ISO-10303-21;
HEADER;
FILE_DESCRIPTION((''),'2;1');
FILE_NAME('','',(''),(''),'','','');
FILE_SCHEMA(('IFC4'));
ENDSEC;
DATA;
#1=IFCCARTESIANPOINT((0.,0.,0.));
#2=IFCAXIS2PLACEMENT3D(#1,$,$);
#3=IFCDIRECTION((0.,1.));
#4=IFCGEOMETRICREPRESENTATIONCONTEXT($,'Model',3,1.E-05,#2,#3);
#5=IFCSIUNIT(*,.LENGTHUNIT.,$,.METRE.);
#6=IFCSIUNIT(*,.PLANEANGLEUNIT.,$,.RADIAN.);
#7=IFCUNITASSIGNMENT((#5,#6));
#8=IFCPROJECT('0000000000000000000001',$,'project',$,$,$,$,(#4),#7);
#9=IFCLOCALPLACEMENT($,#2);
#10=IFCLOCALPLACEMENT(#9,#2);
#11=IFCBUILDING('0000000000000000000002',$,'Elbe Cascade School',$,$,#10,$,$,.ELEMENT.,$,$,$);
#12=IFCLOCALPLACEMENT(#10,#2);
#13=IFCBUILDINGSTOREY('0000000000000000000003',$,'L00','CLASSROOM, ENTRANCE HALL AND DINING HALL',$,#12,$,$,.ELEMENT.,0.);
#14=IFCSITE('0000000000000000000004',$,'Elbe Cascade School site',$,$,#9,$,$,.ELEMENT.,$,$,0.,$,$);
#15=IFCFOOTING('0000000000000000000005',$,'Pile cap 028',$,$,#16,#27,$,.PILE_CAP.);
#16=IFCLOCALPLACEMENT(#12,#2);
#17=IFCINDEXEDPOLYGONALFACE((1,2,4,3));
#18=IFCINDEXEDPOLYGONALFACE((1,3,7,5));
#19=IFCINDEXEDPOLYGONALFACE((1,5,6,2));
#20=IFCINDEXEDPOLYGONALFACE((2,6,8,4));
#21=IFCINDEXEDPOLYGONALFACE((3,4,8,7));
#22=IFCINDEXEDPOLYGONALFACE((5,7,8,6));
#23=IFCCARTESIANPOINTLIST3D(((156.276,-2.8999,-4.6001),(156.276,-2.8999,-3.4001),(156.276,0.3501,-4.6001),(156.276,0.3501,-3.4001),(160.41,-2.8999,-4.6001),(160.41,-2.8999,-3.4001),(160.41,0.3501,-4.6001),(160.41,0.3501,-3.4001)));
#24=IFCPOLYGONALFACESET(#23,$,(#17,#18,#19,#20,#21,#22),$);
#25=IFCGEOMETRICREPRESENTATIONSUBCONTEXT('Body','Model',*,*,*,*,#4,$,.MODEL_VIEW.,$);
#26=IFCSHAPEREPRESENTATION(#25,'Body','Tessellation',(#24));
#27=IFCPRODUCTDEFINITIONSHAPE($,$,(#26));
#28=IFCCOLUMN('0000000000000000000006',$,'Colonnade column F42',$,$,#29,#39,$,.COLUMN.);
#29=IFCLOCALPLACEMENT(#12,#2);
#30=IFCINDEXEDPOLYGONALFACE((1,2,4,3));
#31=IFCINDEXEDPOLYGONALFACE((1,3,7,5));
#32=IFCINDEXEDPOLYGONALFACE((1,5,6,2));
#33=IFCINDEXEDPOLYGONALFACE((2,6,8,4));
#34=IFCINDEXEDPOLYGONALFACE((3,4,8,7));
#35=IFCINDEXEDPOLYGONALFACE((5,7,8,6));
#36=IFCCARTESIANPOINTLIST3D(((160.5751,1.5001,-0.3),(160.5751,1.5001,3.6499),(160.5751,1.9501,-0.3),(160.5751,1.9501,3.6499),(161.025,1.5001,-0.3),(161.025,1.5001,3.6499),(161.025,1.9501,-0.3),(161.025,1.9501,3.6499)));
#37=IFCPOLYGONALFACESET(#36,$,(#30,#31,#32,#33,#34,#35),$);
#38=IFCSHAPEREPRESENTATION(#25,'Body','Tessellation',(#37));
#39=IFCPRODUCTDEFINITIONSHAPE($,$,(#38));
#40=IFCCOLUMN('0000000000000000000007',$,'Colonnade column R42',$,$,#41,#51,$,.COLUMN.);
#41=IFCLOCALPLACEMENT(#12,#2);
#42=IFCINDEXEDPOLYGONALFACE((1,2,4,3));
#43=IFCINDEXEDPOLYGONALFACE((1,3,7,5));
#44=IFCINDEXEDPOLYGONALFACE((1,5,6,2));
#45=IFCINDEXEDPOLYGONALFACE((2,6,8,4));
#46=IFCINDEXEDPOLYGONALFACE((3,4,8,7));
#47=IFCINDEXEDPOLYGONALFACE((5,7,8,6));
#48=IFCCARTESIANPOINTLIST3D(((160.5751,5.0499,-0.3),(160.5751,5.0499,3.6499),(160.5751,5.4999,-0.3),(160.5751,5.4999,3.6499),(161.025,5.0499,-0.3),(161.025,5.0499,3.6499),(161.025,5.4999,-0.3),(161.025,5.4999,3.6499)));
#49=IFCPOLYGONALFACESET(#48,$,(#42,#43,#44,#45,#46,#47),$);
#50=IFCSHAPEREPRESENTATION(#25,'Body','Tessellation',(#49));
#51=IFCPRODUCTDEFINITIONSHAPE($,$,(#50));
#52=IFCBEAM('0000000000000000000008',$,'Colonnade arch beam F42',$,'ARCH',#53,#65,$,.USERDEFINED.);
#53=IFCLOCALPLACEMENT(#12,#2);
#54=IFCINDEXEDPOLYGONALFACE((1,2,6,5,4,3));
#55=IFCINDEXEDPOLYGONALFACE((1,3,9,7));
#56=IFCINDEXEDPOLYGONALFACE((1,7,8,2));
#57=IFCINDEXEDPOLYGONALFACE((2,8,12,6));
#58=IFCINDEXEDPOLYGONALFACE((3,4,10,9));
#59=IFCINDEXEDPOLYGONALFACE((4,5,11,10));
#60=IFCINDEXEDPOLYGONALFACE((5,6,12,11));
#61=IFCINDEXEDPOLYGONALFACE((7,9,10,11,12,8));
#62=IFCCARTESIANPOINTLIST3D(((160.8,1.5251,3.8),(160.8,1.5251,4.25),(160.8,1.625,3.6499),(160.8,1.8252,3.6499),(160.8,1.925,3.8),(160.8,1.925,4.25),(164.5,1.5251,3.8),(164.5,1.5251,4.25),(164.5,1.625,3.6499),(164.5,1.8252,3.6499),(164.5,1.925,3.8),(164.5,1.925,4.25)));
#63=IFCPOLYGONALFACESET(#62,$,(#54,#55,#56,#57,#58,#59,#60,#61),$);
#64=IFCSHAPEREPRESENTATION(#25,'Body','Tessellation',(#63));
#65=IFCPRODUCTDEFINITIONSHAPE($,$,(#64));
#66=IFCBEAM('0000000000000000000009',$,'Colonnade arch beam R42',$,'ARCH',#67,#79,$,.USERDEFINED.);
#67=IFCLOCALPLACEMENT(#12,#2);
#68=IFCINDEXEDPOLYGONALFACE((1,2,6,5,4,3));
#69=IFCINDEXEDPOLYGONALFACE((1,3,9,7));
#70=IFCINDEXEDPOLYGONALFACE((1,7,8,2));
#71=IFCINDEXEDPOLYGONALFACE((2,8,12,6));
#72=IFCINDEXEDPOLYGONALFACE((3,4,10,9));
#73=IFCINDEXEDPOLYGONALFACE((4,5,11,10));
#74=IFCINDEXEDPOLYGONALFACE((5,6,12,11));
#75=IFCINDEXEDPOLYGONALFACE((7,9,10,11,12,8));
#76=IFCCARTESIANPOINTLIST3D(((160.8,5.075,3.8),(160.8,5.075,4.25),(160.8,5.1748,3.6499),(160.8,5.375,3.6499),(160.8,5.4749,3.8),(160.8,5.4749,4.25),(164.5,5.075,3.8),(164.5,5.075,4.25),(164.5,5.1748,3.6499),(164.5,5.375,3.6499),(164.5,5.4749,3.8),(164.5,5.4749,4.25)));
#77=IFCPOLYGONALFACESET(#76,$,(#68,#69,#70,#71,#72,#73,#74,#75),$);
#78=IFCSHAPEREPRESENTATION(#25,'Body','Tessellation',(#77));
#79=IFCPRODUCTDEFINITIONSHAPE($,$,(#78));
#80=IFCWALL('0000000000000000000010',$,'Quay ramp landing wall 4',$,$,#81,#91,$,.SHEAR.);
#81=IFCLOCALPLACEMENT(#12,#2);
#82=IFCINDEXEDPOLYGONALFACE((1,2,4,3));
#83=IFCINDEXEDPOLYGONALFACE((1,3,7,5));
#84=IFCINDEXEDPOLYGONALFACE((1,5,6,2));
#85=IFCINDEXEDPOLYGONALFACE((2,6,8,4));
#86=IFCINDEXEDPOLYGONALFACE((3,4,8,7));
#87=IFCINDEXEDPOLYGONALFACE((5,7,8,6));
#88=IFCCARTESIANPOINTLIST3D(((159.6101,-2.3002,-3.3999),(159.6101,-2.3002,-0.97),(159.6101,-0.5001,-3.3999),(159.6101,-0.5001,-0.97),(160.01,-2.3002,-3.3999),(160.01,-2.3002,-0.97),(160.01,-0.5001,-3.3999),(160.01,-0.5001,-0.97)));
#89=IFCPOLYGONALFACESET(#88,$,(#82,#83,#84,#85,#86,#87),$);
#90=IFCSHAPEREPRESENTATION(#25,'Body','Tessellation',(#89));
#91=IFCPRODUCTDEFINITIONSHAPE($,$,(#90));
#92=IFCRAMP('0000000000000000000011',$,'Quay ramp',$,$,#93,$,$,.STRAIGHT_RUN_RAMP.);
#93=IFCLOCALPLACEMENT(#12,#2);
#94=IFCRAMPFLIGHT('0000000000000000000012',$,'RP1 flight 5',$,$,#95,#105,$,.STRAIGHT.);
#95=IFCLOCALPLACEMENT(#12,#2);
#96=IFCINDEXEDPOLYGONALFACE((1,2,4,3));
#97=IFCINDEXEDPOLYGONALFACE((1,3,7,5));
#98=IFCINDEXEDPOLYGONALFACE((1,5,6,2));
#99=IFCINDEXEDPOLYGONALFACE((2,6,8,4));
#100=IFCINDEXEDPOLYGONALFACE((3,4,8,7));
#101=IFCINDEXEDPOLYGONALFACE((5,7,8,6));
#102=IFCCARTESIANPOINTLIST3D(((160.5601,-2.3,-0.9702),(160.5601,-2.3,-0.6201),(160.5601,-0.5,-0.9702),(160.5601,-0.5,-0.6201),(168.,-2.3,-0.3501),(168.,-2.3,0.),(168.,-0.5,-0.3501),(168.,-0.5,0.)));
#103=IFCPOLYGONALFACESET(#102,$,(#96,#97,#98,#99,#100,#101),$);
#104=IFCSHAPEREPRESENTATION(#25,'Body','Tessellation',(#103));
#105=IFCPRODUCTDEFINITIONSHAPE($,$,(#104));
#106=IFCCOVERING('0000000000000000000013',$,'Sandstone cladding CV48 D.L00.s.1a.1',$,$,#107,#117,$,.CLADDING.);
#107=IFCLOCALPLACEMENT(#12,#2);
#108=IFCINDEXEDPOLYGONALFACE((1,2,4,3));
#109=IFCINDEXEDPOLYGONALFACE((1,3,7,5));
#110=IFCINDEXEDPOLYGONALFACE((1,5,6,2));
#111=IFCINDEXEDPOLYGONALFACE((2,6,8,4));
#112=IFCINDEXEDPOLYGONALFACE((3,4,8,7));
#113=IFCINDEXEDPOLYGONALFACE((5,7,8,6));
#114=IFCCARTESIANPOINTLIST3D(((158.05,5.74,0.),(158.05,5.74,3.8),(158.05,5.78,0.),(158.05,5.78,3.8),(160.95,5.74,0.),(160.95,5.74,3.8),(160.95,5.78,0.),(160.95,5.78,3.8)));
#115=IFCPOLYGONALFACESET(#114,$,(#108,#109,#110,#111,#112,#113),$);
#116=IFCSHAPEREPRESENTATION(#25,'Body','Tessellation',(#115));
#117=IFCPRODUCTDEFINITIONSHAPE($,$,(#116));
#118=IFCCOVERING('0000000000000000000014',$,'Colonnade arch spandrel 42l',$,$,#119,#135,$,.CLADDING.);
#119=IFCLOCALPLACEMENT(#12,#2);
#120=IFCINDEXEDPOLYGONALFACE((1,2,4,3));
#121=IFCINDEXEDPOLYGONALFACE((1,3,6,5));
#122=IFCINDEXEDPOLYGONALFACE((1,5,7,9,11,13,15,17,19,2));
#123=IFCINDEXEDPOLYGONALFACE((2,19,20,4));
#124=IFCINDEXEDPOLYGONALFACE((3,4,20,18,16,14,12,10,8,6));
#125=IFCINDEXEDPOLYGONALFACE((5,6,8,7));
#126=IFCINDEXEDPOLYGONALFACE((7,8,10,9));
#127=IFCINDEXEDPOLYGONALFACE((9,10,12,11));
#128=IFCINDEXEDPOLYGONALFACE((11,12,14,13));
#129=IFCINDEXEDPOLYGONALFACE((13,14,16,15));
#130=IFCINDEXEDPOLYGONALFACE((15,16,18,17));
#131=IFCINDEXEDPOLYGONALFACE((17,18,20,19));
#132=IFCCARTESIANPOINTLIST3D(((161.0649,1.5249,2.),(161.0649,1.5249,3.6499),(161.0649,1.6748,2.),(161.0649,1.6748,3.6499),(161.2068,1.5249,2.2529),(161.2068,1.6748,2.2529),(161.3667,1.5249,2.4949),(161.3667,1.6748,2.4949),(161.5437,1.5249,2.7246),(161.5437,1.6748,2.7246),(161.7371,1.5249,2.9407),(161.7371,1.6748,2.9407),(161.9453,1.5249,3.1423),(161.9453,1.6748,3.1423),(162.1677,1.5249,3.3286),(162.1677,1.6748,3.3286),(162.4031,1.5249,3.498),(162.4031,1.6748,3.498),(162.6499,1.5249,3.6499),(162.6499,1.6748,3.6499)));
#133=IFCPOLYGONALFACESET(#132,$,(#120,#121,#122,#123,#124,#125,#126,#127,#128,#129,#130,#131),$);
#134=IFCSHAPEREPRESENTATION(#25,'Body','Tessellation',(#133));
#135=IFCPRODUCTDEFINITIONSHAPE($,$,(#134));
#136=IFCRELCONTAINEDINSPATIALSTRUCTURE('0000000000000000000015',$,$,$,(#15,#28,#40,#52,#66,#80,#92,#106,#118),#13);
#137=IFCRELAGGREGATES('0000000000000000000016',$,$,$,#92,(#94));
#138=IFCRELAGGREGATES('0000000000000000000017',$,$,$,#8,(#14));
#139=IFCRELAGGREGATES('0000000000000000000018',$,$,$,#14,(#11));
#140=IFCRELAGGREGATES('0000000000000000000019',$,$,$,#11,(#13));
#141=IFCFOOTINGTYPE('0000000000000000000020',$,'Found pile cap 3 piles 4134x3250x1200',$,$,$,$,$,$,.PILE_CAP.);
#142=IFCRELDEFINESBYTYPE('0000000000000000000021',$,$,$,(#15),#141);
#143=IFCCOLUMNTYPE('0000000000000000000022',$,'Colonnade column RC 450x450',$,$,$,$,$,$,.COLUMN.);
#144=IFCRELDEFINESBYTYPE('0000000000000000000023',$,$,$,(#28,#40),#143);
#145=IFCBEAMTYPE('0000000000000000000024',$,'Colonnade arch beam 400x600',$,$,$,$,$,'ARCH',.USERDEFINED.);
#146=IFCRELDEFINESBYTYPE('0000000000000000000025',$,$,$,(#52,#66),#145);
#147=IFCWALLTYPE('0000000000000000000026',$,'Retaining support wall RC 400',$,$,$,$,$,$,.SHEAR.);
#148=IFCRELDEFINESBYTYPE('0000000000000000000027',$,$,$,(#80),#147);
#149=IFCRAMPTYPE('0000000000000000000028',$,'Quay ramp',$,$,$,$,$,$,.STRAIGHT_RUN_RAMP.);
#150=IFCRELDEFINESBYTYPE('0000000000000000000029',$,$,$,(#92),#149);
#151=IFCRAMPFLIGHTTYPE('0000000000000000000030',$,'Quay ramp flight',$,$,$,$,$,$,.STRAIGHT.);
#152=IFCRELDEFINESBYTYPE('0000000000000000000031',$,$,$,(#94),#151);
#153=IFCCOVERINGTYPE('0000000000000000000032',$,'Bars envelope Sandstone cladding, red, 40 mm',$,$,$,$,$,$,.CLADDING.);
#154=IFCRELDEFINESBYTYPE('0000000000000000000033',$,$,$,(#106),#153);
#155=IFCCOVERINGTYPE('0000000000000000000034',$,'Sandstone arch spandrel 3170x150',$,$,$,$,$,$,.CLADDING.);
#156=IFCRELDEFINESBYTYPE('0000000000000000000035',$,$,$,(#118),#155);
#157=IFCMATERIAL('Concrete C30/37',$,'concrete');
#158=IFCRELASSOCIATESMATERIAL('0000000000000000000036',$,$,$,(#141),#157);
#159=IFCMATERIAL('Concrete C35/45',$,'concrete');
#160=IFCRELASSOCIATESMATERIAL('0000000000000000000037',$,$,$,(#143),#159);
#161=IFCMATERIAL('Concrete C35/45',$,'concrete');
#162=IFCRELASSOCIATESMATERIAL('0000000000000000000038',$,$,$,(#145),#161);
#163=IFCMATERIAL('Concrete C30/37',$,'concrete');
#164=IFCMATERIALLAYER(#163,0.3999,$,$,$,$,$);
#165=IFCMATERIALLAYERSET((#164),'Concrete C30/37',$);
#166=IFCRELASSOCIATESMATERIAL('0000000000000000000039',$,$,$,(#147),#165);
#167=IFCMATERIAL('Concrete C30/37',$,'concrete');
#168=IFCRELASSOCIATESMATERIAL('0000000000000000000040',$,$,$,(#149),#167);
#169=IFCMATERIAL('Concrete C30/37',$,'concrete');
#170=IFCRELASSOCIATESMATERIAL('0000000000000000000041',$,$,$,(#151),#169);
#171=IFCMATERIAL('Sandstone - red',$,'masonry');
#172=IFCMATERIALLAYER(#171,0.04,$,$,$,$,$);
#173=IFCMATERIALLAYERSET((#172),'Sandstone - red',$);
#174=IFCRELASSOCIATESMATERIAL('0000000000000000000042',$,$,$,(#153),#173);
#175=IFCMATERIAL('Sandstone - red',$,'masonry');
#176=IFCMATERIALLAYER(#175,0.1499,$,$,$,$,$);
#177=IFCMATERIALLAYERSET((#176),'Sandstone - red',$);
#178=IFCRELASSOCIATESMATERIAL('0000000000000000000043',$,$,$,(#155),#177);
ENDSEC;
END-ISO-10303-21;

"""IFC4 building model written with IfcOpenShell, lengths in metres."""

from ifc_helpers import new_model, si_unit, direction, frame, frame_2d, origin, origin_2d, place, context, subcontext, project, spatial, polyline, rectangle, outline, extrude, material, layer, layer_set, material_profile, profile_set, type_object, element, aggregate, save


model = new_model("IFC4")

# Units and contexts
model_context = context("Model", 3, precision=1e-05, world=origin(), true_north=direction((0.0, 1.0)))
body_context = subcontext(model_context, "Body", "Model", "MODEL_VIEW")
ifc_project = project(units=[si_unit("LENGTHUNIT", "METRE"), si_unit("PLANEANGLEUNIT", "RADIAN")], contexts=[model_context])

# Site, building, storey
site_placement = place(None, origin())
site = spatial("IfcSite", under=ifc_project, at=site_placement, Name="Elbe Cascade School site", CompositionType="ELEMENT", RefElevation=0.0)
building_placement = place(site_placement, origin())
building = spatial("IfcBuilding", under=site, at=building_placement, Name="Elbe Cascade School", CompositionType="ELEMENT")
storey_placement = place(building_placement, origin())
storey = spatial("IfcBuildingStorey", under=building, at=storey_placement, Name="L00", Description="CLASSROOM, ENTRANCE HALL AND DINING HALL", CompositionType="ELEMENT", Elevation=0.0)

# Footing
ifc_material_1 = material(Name="Concrete C30/37", Category="concrete")
footing_type_1 = type_object("IfcFootingType", Name="Found pile cap 3 piles 4134x3250x1200", PredefinedType="PILE_CAP", material=ifc_material_1)
footing_1_placement = place(storey_placement, frame((158.343, -1.2749, -4.6001), z_axis=(0.0, 0.0, 1.0), x_axis=(1.0, 0.0, 0.0)))
element("IfcFooting", 1, at=footing_1_placement, inside=storey, type_object=footing_type_1, Name="Pile cap 028", PredefinedType="PILE_CAP", context=body_context, shape_type="SweptSolid", body=[
    extrude(rectangle(XDim=4.134, YDim=3.25, at=origin_2d()), origin(), (0.0, 0.0, 1.0), 1.2),
])

# Columns
ifc_material_2 = material(Name="Concrete C35/45", Category="concrete")
ifc_material_profile_1 = material_profile(ifc_material_2, rectangle(XDim=0.45, YDim=0.45, at=origin_2d()), Name="RC 450x450")
ifc_profile_set_1 = profile_set([ifc_material_profile_1], Name="Concrete C35/45")
column_type = type_object("IfcColumnType", Name="Colonnade column RC 450x450", PredefinedType="COLUMN", material=ifc_profile_set_1)
for number, where, z_axis, x_axis, name in (
    (2, (160.8, 1.7251, -0.3), (0.0, 0.0, 1.0), (1.0, 0.0, 0.0), "Colonnade column F42"),
    (3, (160.8, 5.2749, -0.3), (0.0, 0.0, 1.0), (1.0, 0.0, 0.0), "Colonnade column R42"),
):
    element("IfcColumn", number, at=place(storey_placement, frame(where, z_axis=z_axis, x_axis=x_axis)), inside=storey, type_object=column_type, Name=name, PredefinedType="COLUMN", context=body_context, shape_type="SweptSolid", body=[
        extrude(rectangle(XDim=0.45, YDim=0.45, at=origin_2d()), origin(), (0.0, 0.0, 1.0), 3.95),
    ])

# Beams
ifc_material_3 = material(Name="Concrete C35/45", Category="concrete")
ifc_material_profile_2 = material_profile(ifc_material_3, outline(polyline([(-0.2, 0.3), (0.2, 0.3), (0.2, -0.1499), (0.1001, -0.3), (-0.1001, -0.3), (-0.2, -0.1499), (-0.2, 0.3)])), Name="RC arch 400x600")
ifc_profile_set_2 = profile_set([ifc_material_profile_2], Name="Concrete C35/45")
beam_type = type_object("IfcBeamType", Name="Colonnade arch beam 400x600", ElementType="ARCH", PredefinedType="USERDEFINED", material=ifc_profile_set_2)
for number, where, z_axis, x_axis, name in (
    (4, (160.8, 1.7251, 3.95), (1.0, 0.0, 0.0), (0.0, 1.0, 0.0), "Colonnade arch beam F42"),
    (5, (160.8, 5.2749, 3.95), (1.0, 0.0, 0.0), (0.0, 1.0, 0.0), "Colonnade arch beam R42"),
):
    element("IfcBeam", number, at=place(storey_placement, frame(where, z_axis=z_axis, x_axis=x_axis)), inside=storey, type_object=beam_type, Name=name, ObjectType="ARCH", PredefinedType="USERDEFINED", context=body_context, shape_type="SweptSolid", body=[
        extrude(outline(polyline([(-0.2, 0.3), (0.2, 0.3), (0.2, -0.1499), (0.1001, -0.3), (-0.1001, -0.3), (-0.2, -0.1499), (-0.2, 0.3)])), origin(), (0.0, 0.0, 1.0), 3.7),
    ])

# Wall
ifc_material_4 = material(Name="Concrete C30/37", Category="concrete")
ifc_layer_1 = layer(ifc_material_4, 0.3999)
ifc_layer_set_1 = layer_set([ifc_layer_1], Name="Concrete C30/37")
wall_type = type_object("IfcWallType", Name="Retaining support wall RC 400", PredefinedType="SHEAR", material=ifc_layer_set_1)
wall_placement = place(storey_placement, frame((159.8101, -2.3, -3.3999), z_axis=(0.0, 0.0, 1.0), x_axis=(0.0, 1.0, 0.0)))
element("IfcWall", 6, at=wall_placement, inside=storey, type_object=wall_type, Name="Quay ramp landing wall 4", PredefinedType="SHEAR", context=body_context, shape_type="SweptSolid", body=[
    extrude(rectangle(XDim=1.8, YDim=0.3999, at=frame_2d((0.8999, 0.0))), origin(), (0.0, 0.0, 1.0), 2.4299),
])

# Ramp, ramp flight
ifc_material_5 = material(Name="Concrete C30/37", Category="concrete")
ramp_type = type_object("IfcRampType", Name="Quay ramp", PredefinedType="STRAIGHT_RUN_RAMP", material=ifc_material_5)
ramp_placement = place(storey_placement, origin())
ramp = element("IfcRamp", 7, at=ramp_placement, inside=storey, type_object=ramp_type, Name="Quay ramp", PredefinedType="STRAIGHT_RUN_RAMP")
ifc_material_6 = material(Name="Concrete C30/37", Category="concrete")
ramp_flight_type = type_object("IfcRampFlightType", Name="Quay ramp flight", PredefinedType="STRAIGHT", material=ifc_material_6)
ramp_flight_placement = place(storey_placement, frame((160.5601, -1.3999, -0.6201), z_axis=(0.0, 0.0, 1.0), x_axis=(1.0, 0.0, 0.0)))
ramp_flight = element("IfcRampFlight", 8, at=ramp_flight_placement, type_object=ramp_flight_type, Name="RP1 flight 5", PredefinedType="STRAIGHT", context=body_context, shape_type="SweptSolid", body=[
    extrude(outline(polyline([(0.0, -0.3501), (7.4399, 0.27), (7.4399, 0.6201), (0.0, 0.0), (0.0, -0.3501)])), frame((0.0, 0.8999, 0.0), z_axis=(0.0, -1.0, 0.0), x_axis=(1.0, 0.0, 0.0)), (0.0, 0.0, 1.0), 1.8),
])
aggregate(ramp, [ramp_flight])

# Coverings
ifc_material_7 = material(Name="Sandstone - red", Category="masonry")
ifc_layer_2 = layer(ifc_material_7, 0.04)
ifc_layer_set_2 = layer_set([ifc_layer_2], Name="Sandstone - red")
covering_type_1 = type_object("IfcCoveringType", Name="Bars envelope Sandstone cladding, red, 40 mm", PredefinedType="CLADDING", material=ifc_layer_set_2)
covering_1_placement = place(storey_placement, frame((159.5, 5.76, 0.0), z_axis=(0.0, 0.0, 1.0), x_axis=(1.0, 0.0, 0.0)))
element("IfcCovering", 9, at=covering_1_placement, inside=storey, type_object=covering_type_1, Name="Sandstone cladding CV48 D.L00.s.1a.1", PredefinedType="CLADDING", context=body_context, shape_type="SweptSolid", body=[
    extrude(rectangle(XDim=2.8999, YDim=0.04, at=origin_2d()), origin(), (0.0, 0.0, 1.0), 3.8),
])
ifc_material_8 = material(Name="Sandstone - red", Category="masonry")
ifc_layer_3 = layer(ifc_material_8, 0.1499)
ifc_layer_set_3 = layer_set([ifc_layer_3], Name="Sandstone - red")
covering_type_2 = type_object("IfcCoveringType", Name="Sandstone arch spandrel 3170x150", PredefinedType="CLADDING", material=ifc_layer_set_3)
covering_2_placement = place(storey_placement, frame((161.0649, 1.5249, 3.6499), z_axis=(0.0, -1.0, 0.0), x_axis=(0.0, 0.0, -1.0)))
element("IfcCovering", 10, at=covering_2_placement, inside=storey, type_object=covering_type_2, Name="Colonnade arch spandrel 42l", PredefinedType="CLADDING", context=body_context, shape_type="SweptSolid", body=[
    extrude(outline(polyline([(0.0, 0.0), (1.6499, 0.0), (1.397, 0.1418), (1.155, 0.3018), (0.9253, 0.4788), (0.7092, 0.6721), (0.5076, 0.8804), (0.3213, 1.1028), (0.1519, 1.3381), (0.0, 1.585), (0.0, 0.0)])), origin(), (0.0, 0.0, -1.0), 0.1499),
])

save(model, "model.ifc")
